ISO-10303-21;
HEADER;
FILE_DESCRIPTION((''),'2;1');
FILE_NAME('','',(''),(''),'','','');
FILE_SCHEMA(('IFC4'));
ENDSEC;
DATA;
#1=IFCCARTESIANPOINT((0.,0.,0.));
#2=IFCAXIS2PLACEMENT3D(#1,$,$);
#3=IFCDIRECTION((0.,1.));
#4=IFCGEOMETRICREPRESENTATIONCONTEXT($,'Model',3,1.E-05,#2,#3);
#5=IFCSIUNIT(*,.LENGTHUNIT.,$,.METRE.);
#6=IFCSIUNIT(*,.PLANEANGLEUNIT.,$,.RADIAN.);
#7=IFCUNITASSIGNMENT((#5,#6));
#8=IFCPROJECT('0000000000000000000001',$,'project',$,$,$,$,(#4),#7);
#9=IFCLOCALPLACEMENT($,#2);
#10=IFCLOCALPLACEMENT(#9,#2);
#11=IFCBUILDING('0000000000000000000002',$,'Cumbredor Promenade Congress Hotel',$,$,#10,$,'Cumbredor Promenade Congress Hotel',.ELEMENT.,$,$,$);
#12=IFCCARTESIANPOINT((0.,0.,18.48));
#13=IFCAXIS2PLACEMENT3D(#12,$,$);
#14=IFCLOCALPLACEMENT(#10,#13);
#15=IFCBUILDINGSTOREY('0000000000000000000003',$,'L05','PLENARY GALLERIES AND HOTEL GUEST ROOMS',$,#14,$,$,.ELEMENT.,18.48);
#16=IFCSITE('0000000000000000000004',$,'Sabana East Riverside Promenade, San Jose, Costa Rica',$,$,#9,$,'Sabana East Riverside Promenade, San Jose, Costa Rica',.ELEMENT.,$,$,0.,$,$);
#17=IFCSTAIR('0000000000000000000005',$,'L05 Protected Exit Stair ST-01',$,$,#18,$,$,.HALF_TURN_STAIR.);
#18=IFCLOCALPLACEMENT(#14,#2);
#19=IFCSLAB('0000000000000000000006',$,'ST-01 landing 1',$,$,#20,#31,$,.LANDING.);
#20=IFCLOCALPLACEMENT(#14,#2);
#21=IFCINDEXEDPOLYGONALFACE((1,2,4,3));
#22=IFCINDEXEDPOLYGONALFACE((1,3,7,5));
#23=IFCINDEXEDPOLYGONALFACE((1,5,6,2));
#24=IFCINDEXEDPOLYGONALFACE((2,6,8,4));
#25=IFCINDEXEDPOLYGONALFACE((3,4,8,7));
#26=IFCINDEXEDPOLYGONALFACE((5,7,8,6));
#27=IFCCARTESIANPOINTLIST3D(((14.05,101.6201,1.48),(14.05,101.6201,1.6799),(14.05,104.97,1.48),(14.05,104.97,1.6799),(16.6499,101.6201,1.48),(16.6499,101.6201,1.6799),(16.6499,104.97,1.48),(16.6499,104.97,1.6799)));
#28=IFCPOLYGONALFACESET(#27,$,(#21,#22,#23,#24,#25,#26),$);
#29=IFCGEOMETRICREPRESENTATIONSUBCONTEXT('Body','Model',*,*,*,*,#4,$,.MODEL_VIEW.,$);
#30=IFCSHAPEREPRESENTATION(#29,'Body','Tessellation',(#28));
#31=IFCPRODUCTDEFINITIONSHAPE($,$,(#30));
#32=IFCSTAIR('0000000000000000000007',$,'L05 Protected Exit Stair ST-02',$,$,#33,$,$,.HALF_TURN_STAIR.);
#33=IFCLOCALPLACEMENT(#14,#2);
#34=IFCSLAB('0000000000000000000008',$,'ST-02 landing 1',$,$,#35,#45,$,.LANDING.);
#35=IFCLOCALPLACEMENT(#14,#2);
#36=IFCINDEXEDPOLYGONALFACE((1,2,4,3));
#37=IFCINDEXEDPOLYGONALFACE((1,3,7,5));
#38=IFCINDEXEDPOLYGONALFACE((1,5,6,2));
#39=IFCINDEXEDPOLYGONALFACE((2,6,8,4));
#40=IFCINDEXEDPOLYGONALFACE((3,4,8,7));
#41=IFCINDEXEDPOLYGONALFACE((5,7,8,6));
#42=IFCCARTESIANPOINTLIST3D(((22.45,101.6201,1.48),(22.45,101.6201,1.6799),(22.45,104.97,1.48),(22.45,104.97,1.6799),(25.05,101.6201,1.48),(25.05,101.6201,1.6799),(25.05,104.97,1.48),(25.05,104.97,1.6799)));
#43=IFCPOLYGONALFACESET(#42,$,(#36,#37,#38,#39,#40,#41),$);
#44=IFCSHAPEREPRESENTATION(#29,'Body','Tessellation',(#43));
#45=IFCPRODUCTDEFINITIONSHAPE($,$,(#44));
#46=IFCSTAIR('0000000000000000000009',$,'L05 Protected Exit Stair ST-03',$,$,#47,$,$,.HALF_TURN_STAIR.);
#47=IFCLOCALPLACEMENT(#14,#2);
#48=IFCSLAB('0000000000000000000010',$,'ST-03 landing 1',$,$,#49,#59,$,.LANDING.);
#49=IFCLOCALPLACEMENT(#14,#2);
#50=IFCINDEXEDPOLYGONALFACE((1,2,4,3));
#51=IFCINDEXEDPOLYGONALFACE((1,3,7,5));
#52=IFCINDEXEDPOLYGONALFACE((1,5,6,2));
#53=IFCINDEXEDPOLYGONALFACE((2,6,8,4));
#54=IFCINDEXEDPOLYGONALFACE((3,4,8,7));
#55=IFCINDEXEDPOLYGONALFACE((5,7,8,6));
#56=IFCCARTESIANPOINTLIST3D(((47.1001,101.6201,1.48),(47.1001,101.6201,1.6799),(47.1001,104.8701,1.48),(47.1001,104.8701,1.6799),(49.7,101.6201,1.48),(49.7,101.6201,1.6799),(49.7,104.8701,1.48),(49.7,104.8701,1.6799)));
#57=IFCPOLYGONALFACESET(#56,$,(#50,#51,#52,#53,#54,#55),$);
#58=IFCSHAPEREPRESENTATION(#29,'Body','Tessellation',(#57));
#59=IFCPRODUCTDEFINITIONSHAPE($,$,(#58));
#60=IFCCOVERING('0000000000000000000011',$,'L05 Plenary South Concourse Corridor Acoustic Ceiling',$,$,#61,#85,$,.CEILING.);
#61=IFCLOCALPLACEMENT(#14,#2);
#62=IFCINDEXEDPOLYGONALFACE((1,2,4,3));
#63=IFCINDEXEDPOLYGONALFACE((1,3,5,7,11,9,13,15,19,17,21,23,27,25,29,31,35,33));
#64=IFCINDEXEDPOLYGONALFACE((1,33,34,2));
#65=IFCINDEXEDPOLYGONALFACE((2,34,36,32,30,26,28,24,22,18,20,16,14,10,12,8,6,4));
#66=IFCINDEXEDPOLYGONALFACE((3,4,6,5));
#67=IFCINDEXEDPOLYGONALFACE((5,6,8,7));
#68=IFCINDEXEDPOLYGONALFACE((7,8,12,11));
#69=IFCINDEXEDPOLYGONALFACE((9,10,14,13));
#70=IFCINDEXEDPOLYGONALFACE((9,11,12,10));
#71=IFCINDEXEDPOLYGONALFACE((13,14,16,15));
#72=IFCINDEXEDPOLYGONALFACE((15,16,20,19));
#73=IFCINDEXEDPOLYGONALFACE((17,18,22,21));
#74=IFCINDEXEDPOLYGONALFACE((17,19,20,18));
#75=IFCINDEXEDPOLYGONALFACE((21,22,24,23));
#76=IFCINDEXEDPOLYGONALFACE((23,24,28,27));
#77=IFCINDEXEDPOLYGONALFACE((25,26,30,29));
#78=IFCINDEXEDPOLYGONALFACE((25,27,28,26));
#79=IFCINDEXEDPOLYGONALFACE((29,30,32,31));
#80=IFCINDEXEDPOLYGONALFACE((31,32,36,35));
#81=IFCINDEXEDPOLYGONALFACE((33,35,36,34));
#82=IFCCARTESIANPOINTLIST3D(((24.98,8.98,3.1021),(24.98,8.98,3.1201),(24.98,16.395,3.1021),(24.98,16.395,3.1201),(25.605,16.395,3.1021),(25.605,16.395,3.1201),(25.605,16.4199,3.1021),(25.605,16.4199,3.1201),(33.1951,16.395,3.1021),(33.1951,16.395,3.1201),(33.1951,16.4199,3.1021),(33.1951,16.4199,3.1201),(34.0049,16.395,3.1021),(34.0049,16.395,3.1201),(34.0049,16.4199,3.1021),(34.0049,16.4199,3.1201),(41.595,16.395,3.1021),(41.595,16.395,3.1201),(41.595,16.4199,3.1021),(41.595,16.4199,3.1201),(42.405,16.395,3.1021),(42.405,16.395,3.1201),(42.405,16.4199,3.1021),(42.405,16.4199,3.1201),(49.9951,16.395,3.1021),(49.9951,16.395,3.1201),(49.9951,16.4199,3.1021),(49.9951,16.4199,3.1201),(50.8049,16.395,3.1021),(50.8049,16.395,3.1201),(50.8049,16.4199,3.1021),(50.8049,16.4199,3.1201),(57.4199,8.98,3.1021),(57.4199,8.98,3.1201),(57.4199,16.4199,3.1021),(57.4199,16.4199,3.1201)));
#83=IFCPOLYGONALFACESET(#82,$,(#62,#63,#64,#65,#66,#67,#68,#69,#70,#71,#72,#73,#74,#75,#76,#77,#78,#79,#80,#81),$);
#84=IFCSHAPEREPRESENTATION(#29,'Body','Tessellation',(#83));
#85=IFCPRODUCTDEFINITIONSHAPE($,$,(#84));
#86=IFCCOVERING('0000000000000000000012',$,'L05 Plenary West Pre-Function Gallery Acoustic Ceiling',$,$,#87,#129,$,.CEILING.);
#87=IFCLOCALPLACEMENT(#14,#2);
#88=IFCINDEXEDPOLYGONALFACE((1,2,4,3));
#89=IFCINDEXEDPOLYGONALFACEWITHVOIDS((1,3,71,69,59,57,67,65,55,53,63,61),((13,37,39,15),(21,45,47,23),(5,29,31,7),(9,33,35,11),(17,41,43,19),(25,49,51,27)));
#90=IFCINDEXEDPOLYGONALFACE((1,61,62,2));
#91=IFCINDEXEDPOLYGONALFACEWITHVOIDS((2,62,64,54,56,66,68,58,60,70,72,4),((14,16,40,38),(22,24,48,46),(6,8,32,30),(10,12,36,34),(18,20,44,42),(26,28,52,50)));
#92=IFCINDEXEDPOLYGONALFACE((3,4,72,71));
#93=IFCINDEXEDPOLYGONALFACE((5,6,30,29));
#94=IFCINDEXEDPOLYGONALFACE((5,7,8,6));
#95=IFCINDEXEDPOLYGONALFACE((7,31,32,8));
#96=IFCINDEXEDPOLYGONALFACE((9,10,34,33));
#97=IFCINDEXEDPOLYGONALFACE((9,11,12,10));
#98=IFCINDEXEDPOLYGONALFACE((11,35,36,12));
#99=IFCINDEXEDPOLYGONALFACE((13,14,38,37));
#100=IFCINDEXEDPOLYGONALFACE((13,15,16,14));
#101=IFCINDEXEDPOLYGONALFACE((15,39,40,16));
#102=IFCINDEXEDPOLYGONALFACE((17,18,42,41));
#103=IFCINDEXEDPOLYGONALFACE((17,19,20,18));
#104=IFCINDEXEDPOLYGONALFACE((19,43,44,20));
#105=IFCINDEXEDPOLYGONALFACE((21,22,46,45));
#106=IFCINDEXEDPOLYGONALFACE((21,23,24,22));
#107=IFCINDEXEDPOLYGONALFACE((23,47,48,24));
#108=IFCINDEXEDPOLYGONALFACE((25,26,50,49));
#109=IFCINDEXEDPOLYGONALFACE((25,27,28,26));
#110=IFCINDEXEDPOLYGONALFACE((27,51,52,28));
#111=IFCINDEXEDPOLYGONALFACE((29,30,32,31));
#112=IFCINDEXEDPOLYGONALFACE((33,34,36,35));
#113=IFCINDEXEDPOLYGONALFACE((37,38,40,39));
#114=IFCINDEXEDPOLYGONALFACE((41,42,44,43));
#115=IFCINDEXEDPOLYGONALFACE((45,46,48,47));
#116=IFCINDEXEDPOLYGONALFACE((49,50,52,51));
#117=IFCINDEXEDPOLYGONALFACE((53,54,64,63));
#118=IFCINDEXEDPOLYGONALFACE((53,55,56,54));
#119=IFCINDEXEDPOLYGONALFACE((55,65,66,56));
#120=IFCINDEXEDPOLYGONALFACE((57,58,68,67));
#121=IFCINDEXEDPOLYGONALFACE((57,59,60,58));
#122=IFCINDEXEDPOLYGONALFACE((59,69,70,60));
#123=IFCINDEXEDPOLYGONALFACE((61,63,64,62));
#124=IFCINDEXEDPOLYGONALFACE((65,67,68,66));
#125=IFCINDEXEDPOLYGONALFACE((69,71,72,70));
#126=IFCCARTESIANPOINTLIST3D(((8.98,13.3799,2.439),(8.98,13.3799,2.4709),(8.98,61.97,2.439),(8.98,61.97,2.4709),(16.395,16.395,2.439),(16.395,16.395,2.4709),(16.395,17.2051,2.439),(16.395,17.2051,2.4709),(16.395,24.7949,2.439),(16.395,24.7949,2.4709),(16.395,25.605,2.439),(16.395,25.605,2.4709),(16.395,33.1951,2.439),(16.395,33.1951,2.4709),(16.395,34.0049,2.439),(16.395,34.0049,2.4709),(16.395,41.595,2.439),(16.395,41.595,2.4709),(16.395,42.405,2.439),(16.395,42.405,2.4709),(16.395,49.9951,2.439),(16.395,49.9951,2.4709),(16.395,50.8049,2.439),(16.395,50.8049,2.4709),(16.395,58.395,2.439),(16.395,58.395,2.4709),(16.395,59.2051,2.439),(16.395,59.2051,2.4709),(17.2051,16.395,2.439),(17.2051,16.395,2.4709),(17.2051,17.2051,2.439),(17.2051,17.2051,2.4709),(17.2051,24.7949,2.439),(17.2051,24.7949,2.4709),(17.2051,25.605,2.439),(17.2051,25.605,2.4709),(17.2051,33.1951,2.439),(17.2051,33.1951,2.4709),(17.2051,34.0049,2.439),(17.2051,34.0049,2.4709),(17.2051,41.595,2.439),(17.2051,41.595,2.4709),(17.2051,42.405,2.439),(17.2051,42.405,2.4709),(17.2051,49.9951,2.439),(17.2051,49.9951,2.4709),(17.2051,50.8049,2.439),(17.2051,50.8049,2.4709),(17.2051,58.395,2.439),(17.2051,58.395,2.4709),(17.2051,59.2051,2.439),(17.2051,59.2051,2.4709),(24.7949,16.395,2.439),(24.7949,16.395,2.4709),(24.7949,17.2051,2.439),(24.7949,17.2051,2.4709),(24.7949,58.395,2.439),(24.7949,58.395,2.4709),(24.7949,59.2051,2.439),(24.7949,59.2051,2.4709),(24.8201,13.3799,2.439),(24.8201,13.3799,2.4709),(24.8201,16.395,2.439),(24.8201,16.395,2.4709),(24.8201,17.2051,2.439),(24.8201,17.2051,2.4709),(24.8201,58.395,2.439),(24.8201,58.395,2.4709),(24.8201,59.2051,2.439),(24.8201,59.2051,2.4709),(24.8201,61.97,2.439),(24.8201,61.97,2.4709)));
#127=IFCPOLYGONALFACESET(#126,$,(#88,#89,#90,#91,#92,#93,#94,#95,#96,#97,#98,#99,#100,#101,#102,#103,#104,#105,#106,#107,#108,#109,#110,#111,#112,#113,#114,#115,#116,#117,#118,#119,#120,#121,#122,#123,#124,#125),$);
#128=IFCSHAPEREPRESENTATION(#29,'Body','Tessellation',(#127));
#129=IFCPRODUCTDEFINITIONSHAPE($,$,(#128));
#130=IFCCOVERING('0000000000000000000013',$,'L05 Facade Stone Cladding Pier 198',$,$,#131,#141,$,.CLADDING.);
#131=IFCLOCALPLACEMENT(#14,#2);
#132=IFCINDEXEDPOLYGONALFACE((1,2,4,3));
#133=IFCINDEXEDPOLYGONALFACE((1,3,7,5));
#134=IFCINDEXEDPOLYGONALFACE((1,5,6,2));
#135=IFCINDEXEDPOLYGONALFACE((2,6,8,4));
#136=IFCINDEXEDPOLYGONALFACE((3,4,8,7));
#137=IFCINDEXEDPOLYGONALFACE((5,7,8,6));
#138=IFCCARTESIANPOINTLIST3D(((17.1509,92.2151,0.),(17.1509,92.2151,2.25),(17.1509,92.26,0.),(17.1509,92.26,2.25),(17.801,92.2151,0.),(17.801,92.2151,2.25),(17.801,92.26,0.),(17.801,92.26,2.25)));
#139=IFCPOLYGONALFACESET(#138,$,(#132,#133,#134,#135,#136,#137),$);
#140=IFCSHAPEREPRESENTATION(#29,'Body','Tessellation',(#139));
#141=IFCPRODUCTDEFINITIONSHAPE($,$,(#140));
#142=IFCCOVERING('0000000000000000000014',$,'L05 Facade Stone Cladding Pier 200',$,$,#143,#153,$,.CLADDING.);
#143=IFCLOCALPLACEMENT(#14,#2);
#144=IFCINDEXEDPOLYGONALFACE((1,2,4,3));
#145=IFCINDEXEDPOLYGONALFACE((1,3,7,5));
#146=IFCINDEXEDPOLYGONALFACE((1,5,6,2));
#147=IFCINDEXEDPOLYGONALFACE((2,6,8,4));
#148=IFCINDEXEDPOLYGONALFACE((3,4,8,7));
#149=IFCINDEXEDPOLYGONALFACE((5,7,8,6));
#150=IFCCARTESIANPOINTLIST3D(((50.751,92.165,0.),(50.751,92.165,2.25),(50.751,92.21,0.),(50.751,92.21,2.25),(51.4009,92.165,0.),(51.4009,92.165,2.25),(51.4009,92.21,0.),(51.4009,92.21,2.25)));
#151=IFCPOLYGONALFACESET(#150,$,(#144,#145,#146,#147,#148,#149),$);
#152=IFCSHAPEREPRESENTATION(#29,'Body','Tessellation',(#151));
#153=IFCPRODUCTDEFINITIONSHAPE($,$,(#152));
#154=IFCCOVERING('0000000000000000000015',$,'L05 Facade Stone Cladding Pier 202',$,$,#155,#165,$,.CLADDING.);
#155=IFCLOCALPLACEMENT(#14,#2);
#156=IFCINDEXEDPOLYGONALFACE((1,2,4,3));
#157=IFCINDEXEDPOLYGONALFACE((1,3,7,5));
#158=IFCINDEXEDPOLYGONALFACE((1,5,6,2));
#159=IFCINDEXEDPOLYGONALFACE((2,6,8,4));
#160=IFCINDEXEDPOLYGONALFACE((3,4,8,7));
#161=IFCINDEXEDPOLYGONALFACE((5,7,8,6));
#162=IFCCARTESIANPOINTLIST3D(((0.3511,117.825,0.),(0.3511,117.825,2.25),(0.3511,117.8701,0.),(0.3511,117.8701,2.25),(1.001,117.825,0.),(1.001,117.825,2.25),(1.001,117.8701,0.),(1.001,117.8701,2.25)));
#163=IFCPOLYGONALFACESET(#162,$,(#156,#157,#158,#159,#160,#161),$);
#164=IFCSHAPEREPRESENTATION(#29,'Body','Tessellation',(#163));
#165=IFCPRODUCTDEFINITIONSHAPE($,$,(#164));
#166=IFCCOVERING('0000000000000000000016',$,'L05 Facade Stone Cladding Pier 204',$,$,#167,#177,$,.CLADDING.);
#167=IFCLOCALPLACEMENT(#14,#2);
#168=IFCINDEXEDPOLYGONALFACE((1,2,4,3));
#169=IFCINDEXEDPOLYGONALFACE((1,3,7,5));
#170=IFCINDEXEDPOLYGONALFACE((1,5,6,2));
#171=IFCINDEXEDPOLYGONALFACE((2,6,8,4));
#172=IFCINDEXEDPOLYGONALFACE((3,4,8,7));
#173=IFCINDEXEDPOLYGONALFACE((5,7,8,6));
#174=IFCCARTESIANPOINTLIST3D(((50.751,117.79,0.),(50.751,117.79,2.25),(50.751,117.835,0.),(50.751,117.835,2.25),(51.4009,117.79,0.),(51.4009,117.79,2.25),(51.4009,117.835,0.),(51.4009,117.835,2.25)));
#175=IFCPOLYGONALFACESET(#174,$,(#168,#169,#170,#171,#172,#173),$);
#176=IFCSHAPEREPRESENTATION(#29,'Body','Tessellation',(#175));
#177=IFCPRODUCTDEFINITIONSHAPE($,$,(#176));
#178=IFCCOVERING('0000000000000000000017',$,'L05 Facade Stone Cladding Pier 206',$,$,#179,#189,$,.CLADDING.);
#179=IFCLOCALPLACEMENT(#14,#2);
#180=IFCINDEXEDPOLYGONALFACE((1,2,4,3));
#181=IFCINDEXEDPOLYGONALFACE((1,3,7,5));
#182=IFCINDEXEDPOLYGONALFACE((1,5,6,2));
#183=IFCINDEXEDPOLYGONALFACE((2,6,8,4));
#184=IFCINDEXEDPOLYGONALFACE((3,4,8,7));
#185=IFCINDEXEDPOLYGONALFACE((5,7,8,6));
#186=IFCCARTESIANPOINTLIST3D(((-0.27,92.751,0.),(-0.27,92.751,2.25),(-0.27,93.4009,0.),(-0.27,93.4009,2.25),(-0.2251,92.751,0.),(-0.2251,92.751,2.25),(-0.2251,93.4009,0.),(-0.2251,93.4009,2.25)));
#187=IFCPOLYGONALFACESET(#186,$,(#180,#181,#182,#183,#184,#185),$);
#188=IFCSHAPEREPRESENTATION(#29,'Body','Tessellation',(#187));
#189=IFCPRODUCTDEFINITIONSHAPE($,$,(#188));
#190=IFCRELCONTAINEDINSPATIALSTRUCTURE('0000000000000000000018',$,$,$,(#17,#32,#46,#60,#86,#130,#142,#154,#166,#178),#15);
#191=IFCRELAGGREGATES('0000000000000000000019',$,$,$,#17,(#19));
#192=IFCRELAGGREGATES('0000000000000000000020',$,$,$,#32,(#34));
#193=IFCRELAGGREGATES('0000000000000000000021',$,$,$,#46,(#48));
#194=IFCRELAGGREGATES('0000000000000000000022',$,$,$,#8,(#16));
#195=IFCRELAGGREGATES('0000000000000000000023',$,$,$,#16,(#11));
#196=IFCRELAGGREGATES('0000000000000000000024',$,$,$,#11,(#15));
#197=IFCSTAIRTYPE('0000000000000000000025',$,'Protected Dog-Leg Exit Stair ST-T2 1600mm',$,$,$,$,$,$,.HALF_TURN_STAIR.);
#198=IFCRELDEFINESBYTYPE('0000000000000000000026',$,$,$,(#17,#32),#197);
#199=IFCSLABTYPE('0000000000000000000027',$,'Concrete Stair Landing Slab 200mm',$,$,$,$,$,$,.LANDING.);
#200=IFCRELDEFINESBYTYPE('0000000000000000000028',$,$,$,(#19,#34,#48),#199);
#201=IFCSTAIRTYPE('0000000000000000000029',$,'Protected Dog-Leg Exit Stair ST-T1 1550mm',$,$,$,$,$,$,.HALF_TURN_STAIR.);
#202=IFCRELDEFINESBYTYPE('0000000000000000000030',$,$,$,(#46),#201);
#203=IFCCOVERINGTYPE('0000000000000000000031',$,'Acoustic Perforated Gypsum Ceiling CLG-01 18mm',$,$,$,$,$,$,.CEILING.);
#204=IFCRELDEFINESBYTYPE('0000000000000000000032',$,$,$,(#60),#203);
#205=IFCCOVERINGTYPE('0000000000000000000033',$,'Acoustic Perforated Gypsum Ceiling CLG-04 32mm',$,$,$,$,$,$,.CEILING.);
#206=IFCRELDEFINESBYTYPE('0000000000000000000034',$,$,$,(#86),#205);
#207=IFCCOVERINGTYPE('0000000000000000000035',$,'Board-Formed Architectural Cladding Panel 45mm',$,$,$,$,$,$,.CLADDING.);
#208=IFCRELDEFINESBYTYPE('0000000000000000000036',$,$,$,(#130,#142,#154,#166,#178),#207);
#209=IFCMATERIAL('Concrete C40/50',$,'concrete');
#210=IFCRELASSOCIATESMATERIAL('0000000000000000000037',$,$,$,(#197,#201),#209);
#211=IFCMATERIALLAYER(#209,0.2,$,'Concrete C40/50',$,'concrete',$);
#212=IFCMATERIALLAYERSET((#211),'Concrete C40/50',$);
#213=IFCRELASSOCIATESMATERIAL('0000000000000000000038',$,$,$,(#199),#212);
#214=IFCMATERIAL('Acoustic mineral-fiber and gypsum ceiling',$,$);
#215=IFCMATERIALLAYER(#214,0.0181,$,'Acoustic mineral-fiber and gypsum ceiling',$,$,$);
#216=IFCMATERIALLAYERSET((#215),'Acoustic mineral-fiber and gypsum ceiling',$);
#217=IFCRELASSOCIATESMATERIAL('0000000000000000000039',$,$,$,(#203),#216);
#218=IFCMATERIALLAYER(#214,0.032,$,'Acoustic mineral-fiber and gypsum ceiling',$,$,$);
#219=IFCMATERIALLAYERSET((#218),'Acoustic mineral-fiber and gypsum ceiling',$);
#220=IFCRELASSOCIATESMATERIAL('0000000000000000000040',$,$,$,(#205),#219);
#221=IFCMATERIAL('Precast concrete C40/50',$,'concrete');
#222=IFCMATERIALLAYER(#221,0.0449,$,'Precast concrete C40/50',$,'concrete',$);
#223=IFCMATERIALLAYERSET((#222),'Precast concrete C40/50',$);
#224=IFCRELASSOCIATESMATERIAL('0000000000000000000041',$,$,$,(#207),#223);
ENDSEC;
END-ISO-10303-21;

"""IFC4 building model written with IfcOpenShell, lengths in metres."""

from ifc_helpers import new_model, si_unit, direction, frame, origin, place, context, subcontext, project, spatial, polyline, outline, extrude, material, layer, layer_set, type_object, element, aggregate, save


model = new_model("IFC4")

# Units and contexts
model_context = context("Model", 3, precision=1e-05, world=origin(), true_north=direction((0.0, 1.0)))
body_context = subcontext(model_context, "Body", "Model", "MODEL_VIEW")
ifc_project = project(units=[si_unit("LENGTHUNIT", "METRE"), si_unit("PLANEANGLEUNIT", "RADIAN")], contexts=[model_context])

# Site, building, storey
site_placement = place(None, origin())
site = spatial("IfcSite", under=ifc_project, at=site_placement, Name="Sabana East Riverside Promenade, San Jose, Costa Rica", LongName="Sabana East Riverside Promenade, San Jose, Costa Rica", CompositionType="ELEMENT", RefElevation=0.0)
building_placement = place(site_placement, origin())
building = spatial("IfcBuilding", under=site, at=building_placement, Name="Cumbredor Promenade Congress Hotel", LongName="Cumbredor Promenade Congress Hotel", CompositionType="ELEMENT")
storey_placement = place(building_placement, frame((0.0, 0.0, 18.48)))
storey = spatial("IfcBuildingStorey", under=building, at=storey_placement, Name="L05", Description="PLENARY GALLERIES AND HOTEL GUEST ROOMS", CompositionType="ELEMENT", Elevation=18.48)

# Stairs, slabs
ifc_material_1 = material(Name="Concrete C40/50", Category="concrete")
stair_type_1 = type_object("IfcStairType", Name="Protected Dog-Leg Exit Stair ST-T2 1600mm", PredefinedType="HALF_TURN_STAIR", material=ifc_material_1)
stair_1_placement = place(storey_placement, origin())
stair_1 = element("IfcStair", 1, at=stair_1_placement, inside=storey, type_object=stair_type_1, Name="L05 Protected Exit Stair ST-01", PredefinedType="HALF_TURN_STAIR")
ifc_layer_1 = layer(ifc_material_1, 0.2, Name="Concrete C40/50", Category="concrete")
ifc_layer_set_1 = layer_set([ifc_layer_1], Name="Concrete C40/50")
slab_type = type_object("IfcSlabType", Name="Concrete Stair Landing Slab 200mm", PredefinedType="LANDING", material=ifc_layer_set_1)
slab_1_placement = place(storey_placement, frame((0.0, 0.0, 1.48)))
slab_1 = element("IfcSlab", 2, at=slab_1_placement, type_object=slab_type, Name="ST-01 landing 1", PredefinedType="LANDING", context=body_context, shape_type="SweptSolid", body=[
    extrude(outline(polyline([(14.05, 101.6201), (16.6499, 101.6201), (16.6499, 104.97), (14.05, 104.97), (14.05, 101.6201)])), origin(), (0.0, 0.0, 1.0), 0.2),
])
aggregate(stair_1, [slab_1])
stair_2_placement = place(storey_placement, origin())
stair_2 = element("IfcStair", 3, at=stair_2_placement, inside=storey, type_object=stair_type_1, Name="L05 Protected Exit Stair ST-02", PredefinedType="HALF_TURN_STAIR")
slab_2_placement = place(storey_placement, frame((0.0, 0.0, 1.48)))
slab_2 = element("IfcSlab", 4, at=slab_2_placement, type_object=slab_type, Name="ST-02 landing 1", PredefinedType="LANDING", context=body_context, shape_type="SweptSolid", body=[
    extrude(outline(polyline([(22.45, 101.6201), (25.05, 101.6201), (25.05, 104.97), (22.45, 104.97), (22.45, 101.6201)])), origin(), (0.0, 0.0, 1.0), 0.2),
])
aggregate(stair_2, [slab_2])
stair_type_2 = type_object("IfcStairType", Name="Protected Dog-Leg Exit Stair ST-T1 1550mm", PredefinedType="HALF_TURN_STAIR", material=ifc_material_1)
stair_3_placement = place(storey_placement, origin())
stair_3 = element("IfcStair", 5, at=stair_3_placement, inside=storey, type_object=stair_type_2, Name="L05 Protected Exit Stair ST-03", PredefinedType="HALF_TURN_STAIR")
slab_3_placement = place(storey_placement, frame((0.0, 0.0, 1.48)))
slab_3 = element("IfcSlab", 6, at=slab_3_placement, type_object=slab_type, Name="ST-03 landing 1", PredefinedType="LANDING", context=body_context, shape_type="SweptSolid", body=[
    extrude(outline(polyline([(47.1001, 101.6201), (49.7, 101.6201), (49.7, 104.8701), (47.1001, 104.8701), (47.1001, 101.6201)])), origin(), (0.0, 0.0, 1.0), 0.2),
])
aggregate(stair_3, [slab_3])

# Coverings
ifc_material_2 = material(Name="Acoustic mineral-fiber and gypsum ceiling")
ifc_layer_2 = layer(ifc_material_2, 0.0181, Name="Acoustic mineral-fiber and gypsum ceiling")
ifc_layer_set_2 = layer_set([ifc_layer_2], Name="Acoustic mineral-fiber and gypsum ceiling")
covering_type_1 = type_object("IfcCoveringType", Name="Acoustic Perforated Gypsum Ceiling CLG-01 18mm", PredefinedType="CEILING", material=ifc_layer_set_2)
covering_1_placement = place(storey_placement, frame((0.0, 0.0, 3.1021)))
element("IfcCovering", 7, at=covering_1_placement, inside=storey, type_object=covering_type_1, Name="L05 Plenary South Concourse Corridor Acoustic Ceiling", PredefinedType="CEILING", context=body_context, shape_type="SweptSolid", body=[
    extrude(outline(polyline([(33.1951, 16.4199), (33.1951, 16.395), (34.0049, 16.395), (34.0049, 16.4199), (41.595, 16.4199), (41.595, 16.395), (42.405, 16.395), (42.405, 16.4199), (49.9951, 16.4199), (49.9951, 16.395), (50.8049, 16.395), (50.8049, 16.4199), (57.4199, 16.4199), (57.4199, 8.98), (24.98, 8.98), (24.98, 16.395), (25.605, 16.395), (25.605, 16.4199), (33.1951, 16.4199)])), origin(), (0.0, 0.0, 1.0), 0.0181),
])
ifc_layer_3 = layer(ifc_material_2, 0.032, Name="Acoustic mineral-fiber and gypsum ceiling")
ifc_layer_set_3 = layer_set([ifc_layer_3], Name="Acoustic mineral-fiber and gypsum ceiling")
covering_type_2 = type_object("IfcCoveringType", Name="Acoustic Perforated Gypsum Ceiling CLG-04 32mm", PredefinedType="CEILING", material=ifc_layer_set_3)
covering_2_placement = place(storey_placement, frame((0.0, 0.0, 2.439)))
element("IfcCovering", 8, at=covering_2_placement, inside=storey, type_object=covering_type_2, Name="L05 Plenary West Pre-Function Gallery Acoustic Ceiling", PredefinedType="CEILING", context=body_context, shape_type="SweptSolid", body=[
    extrude(outline(polyline([(24.7949, 17.2051), (24.7949, 16.395), (24.8201, 16.395), (24.8201, 13.3799), (8.98, 13.3799), (8.98, 61.97), (24.8201, 61.97), (24.8201, 59.2051), (24.7949, 59.2051), (24.7949, 58.395), (24.8201, 58.395), (24.8201, 17.2051), (24.7949, 17.2051)]), holes=[polyline([(17.2051, 16.395), (17.2051, 17.2051), (16.395, 17.2051), (16.395, 16.395), (17.2051, 16.395)]), polyline([(16.395, 24.7949), (17.2051, 24.7949), (17.2051, 25.605), (16.395, 25.605), (16.395, 24.7949)]), polyline([(16.395, 34.0049), (16.395, 33.1951), (17.2051, 33.1951), (17.2051, 34.0049), (16.395, 34.0049)]), polyline([(17.2051, 42.405), (16.395, 42.405), (16.395, 41.595), (17.2051, 41.595), (17.2051, 42.405)]), polyline([(17.2051, 49.9951), (17.2051, 50.8049), (16.395, 50.8049), (16.395, 49.9951), (17.2051, 49.9951)]), polyline([(16.395, 58.395), (17.2051, 58.395), (17.2051, 59.2051), (16.395, 59.2051), (16.395, 58.395)])]), origin(), (0.0, 0.0, 1.0), 0.032),
])
ifc_material_3 = material(Name="Precast concrete C40/50", Category="concrete")
ifc_layer_4 = layer(ifc_material_3, 0.0449, Name="Precast concrete C40/50", Category="concrete")
ifc_layer_set_4 = layer_set([ifc_layer_4], Name="Precast concrete C40/50")
covering_type_3 = type_object("IfcCoveringType", Name="Board-Formed Architectural Cladding Panel 45mm", PredefinedType="CLADDING", material=ifc_layer_set_4)
covering_3_placement = place(storey_placement, origin())
element("IfcCovering", 9, at=covering_3_placement, inside=storey, type_object=covering_type_3, Name="L05 Facade Stone Cladding Pier 198", PredefinedType="CLADDING", context=body_context, shape_type="SweptSolid", body=[
    extrude(outline(polyline([(17.1509, 92.26), (17.801, 92.26), (17.801, 92.2151), (17.1509, 92.2151), (17.1509, 92.26)])), origin(), (0.0, 0.0, 1.0), 2.25),
])
covering_4_placement = place(storey_placement, origin())
element("IfcCovering", 10, at=covering_4_placement, inside=storey, type_object=covering_type_3, Name="L05 Facade Stone Cladding Pier 200", PredefinedType="CLADDING", context=body_context, shape_type="SweptSolid", body=[
    extrude(outline(polyline([(50.751, 92.21), (51.4009, 92.21), (51.4009, 92.165), (50.751, 92.165), (50.751, 92.21)])), origin(), (0.0, 0.0, 1.0), 2.25),
])
covering_5_placement = place(storey_placement, origin())
element("IfcCovering", 11, at=covering_5_placement, inside=storey, type_object=covering_type_3, Name="L05 Facade Stone Cladding Pier 202", PredefinedType="CLADDING", context=body_context, shape_type="SweptSolid", body=[
    extrude(outline(polyline([(0.3511, 117.825), (1.001, 117.825), (1.001, 117.8701), (0.3511, 117.8701), (0.3511, 117.825)])), origin(), (0.0, 0.0, 1.0), 2.25),
])
covering_6_placement = place(storey_placement, origin())
element("IfcCovering", 12, at=covering_6_placement, inside=storey, type_object=covering_type_3, Name="L05 Facade Stone Cladding Pier 204", PredefinedType="CLADDING", context=body_context, shape_type="SweptSolid", body=[
    extrude(outline(polyline([(50.751, 117.79), (51.4009, 117.79), (51.4009, 117.835), (50.751, 117.835), (50.751, 117.79)])), origin(), (0.0, 0.0, 1.0), 2.25),
])
covering_7_placement = place(storey_placement, origin())
element("IfcCovering", 13, at=covering_7_placement, inside=storey, type_object=covering_type_3, Name="L05 Facade Stone Cladding Pier 206", PredefinedType="CLADDING", context=body_context, shape_type="SweptSolid", body=[
    extrude(outline(polyline([(-0.2251, 92.751), (-0.2251, 93.4009), (-0.27, 93.4009), (-0.27, 92.751), (-0.2251, 92.751)])), origin(), (0.0, 0.0, 1.0), 2.25),
])

save(model, "model.ifc")
